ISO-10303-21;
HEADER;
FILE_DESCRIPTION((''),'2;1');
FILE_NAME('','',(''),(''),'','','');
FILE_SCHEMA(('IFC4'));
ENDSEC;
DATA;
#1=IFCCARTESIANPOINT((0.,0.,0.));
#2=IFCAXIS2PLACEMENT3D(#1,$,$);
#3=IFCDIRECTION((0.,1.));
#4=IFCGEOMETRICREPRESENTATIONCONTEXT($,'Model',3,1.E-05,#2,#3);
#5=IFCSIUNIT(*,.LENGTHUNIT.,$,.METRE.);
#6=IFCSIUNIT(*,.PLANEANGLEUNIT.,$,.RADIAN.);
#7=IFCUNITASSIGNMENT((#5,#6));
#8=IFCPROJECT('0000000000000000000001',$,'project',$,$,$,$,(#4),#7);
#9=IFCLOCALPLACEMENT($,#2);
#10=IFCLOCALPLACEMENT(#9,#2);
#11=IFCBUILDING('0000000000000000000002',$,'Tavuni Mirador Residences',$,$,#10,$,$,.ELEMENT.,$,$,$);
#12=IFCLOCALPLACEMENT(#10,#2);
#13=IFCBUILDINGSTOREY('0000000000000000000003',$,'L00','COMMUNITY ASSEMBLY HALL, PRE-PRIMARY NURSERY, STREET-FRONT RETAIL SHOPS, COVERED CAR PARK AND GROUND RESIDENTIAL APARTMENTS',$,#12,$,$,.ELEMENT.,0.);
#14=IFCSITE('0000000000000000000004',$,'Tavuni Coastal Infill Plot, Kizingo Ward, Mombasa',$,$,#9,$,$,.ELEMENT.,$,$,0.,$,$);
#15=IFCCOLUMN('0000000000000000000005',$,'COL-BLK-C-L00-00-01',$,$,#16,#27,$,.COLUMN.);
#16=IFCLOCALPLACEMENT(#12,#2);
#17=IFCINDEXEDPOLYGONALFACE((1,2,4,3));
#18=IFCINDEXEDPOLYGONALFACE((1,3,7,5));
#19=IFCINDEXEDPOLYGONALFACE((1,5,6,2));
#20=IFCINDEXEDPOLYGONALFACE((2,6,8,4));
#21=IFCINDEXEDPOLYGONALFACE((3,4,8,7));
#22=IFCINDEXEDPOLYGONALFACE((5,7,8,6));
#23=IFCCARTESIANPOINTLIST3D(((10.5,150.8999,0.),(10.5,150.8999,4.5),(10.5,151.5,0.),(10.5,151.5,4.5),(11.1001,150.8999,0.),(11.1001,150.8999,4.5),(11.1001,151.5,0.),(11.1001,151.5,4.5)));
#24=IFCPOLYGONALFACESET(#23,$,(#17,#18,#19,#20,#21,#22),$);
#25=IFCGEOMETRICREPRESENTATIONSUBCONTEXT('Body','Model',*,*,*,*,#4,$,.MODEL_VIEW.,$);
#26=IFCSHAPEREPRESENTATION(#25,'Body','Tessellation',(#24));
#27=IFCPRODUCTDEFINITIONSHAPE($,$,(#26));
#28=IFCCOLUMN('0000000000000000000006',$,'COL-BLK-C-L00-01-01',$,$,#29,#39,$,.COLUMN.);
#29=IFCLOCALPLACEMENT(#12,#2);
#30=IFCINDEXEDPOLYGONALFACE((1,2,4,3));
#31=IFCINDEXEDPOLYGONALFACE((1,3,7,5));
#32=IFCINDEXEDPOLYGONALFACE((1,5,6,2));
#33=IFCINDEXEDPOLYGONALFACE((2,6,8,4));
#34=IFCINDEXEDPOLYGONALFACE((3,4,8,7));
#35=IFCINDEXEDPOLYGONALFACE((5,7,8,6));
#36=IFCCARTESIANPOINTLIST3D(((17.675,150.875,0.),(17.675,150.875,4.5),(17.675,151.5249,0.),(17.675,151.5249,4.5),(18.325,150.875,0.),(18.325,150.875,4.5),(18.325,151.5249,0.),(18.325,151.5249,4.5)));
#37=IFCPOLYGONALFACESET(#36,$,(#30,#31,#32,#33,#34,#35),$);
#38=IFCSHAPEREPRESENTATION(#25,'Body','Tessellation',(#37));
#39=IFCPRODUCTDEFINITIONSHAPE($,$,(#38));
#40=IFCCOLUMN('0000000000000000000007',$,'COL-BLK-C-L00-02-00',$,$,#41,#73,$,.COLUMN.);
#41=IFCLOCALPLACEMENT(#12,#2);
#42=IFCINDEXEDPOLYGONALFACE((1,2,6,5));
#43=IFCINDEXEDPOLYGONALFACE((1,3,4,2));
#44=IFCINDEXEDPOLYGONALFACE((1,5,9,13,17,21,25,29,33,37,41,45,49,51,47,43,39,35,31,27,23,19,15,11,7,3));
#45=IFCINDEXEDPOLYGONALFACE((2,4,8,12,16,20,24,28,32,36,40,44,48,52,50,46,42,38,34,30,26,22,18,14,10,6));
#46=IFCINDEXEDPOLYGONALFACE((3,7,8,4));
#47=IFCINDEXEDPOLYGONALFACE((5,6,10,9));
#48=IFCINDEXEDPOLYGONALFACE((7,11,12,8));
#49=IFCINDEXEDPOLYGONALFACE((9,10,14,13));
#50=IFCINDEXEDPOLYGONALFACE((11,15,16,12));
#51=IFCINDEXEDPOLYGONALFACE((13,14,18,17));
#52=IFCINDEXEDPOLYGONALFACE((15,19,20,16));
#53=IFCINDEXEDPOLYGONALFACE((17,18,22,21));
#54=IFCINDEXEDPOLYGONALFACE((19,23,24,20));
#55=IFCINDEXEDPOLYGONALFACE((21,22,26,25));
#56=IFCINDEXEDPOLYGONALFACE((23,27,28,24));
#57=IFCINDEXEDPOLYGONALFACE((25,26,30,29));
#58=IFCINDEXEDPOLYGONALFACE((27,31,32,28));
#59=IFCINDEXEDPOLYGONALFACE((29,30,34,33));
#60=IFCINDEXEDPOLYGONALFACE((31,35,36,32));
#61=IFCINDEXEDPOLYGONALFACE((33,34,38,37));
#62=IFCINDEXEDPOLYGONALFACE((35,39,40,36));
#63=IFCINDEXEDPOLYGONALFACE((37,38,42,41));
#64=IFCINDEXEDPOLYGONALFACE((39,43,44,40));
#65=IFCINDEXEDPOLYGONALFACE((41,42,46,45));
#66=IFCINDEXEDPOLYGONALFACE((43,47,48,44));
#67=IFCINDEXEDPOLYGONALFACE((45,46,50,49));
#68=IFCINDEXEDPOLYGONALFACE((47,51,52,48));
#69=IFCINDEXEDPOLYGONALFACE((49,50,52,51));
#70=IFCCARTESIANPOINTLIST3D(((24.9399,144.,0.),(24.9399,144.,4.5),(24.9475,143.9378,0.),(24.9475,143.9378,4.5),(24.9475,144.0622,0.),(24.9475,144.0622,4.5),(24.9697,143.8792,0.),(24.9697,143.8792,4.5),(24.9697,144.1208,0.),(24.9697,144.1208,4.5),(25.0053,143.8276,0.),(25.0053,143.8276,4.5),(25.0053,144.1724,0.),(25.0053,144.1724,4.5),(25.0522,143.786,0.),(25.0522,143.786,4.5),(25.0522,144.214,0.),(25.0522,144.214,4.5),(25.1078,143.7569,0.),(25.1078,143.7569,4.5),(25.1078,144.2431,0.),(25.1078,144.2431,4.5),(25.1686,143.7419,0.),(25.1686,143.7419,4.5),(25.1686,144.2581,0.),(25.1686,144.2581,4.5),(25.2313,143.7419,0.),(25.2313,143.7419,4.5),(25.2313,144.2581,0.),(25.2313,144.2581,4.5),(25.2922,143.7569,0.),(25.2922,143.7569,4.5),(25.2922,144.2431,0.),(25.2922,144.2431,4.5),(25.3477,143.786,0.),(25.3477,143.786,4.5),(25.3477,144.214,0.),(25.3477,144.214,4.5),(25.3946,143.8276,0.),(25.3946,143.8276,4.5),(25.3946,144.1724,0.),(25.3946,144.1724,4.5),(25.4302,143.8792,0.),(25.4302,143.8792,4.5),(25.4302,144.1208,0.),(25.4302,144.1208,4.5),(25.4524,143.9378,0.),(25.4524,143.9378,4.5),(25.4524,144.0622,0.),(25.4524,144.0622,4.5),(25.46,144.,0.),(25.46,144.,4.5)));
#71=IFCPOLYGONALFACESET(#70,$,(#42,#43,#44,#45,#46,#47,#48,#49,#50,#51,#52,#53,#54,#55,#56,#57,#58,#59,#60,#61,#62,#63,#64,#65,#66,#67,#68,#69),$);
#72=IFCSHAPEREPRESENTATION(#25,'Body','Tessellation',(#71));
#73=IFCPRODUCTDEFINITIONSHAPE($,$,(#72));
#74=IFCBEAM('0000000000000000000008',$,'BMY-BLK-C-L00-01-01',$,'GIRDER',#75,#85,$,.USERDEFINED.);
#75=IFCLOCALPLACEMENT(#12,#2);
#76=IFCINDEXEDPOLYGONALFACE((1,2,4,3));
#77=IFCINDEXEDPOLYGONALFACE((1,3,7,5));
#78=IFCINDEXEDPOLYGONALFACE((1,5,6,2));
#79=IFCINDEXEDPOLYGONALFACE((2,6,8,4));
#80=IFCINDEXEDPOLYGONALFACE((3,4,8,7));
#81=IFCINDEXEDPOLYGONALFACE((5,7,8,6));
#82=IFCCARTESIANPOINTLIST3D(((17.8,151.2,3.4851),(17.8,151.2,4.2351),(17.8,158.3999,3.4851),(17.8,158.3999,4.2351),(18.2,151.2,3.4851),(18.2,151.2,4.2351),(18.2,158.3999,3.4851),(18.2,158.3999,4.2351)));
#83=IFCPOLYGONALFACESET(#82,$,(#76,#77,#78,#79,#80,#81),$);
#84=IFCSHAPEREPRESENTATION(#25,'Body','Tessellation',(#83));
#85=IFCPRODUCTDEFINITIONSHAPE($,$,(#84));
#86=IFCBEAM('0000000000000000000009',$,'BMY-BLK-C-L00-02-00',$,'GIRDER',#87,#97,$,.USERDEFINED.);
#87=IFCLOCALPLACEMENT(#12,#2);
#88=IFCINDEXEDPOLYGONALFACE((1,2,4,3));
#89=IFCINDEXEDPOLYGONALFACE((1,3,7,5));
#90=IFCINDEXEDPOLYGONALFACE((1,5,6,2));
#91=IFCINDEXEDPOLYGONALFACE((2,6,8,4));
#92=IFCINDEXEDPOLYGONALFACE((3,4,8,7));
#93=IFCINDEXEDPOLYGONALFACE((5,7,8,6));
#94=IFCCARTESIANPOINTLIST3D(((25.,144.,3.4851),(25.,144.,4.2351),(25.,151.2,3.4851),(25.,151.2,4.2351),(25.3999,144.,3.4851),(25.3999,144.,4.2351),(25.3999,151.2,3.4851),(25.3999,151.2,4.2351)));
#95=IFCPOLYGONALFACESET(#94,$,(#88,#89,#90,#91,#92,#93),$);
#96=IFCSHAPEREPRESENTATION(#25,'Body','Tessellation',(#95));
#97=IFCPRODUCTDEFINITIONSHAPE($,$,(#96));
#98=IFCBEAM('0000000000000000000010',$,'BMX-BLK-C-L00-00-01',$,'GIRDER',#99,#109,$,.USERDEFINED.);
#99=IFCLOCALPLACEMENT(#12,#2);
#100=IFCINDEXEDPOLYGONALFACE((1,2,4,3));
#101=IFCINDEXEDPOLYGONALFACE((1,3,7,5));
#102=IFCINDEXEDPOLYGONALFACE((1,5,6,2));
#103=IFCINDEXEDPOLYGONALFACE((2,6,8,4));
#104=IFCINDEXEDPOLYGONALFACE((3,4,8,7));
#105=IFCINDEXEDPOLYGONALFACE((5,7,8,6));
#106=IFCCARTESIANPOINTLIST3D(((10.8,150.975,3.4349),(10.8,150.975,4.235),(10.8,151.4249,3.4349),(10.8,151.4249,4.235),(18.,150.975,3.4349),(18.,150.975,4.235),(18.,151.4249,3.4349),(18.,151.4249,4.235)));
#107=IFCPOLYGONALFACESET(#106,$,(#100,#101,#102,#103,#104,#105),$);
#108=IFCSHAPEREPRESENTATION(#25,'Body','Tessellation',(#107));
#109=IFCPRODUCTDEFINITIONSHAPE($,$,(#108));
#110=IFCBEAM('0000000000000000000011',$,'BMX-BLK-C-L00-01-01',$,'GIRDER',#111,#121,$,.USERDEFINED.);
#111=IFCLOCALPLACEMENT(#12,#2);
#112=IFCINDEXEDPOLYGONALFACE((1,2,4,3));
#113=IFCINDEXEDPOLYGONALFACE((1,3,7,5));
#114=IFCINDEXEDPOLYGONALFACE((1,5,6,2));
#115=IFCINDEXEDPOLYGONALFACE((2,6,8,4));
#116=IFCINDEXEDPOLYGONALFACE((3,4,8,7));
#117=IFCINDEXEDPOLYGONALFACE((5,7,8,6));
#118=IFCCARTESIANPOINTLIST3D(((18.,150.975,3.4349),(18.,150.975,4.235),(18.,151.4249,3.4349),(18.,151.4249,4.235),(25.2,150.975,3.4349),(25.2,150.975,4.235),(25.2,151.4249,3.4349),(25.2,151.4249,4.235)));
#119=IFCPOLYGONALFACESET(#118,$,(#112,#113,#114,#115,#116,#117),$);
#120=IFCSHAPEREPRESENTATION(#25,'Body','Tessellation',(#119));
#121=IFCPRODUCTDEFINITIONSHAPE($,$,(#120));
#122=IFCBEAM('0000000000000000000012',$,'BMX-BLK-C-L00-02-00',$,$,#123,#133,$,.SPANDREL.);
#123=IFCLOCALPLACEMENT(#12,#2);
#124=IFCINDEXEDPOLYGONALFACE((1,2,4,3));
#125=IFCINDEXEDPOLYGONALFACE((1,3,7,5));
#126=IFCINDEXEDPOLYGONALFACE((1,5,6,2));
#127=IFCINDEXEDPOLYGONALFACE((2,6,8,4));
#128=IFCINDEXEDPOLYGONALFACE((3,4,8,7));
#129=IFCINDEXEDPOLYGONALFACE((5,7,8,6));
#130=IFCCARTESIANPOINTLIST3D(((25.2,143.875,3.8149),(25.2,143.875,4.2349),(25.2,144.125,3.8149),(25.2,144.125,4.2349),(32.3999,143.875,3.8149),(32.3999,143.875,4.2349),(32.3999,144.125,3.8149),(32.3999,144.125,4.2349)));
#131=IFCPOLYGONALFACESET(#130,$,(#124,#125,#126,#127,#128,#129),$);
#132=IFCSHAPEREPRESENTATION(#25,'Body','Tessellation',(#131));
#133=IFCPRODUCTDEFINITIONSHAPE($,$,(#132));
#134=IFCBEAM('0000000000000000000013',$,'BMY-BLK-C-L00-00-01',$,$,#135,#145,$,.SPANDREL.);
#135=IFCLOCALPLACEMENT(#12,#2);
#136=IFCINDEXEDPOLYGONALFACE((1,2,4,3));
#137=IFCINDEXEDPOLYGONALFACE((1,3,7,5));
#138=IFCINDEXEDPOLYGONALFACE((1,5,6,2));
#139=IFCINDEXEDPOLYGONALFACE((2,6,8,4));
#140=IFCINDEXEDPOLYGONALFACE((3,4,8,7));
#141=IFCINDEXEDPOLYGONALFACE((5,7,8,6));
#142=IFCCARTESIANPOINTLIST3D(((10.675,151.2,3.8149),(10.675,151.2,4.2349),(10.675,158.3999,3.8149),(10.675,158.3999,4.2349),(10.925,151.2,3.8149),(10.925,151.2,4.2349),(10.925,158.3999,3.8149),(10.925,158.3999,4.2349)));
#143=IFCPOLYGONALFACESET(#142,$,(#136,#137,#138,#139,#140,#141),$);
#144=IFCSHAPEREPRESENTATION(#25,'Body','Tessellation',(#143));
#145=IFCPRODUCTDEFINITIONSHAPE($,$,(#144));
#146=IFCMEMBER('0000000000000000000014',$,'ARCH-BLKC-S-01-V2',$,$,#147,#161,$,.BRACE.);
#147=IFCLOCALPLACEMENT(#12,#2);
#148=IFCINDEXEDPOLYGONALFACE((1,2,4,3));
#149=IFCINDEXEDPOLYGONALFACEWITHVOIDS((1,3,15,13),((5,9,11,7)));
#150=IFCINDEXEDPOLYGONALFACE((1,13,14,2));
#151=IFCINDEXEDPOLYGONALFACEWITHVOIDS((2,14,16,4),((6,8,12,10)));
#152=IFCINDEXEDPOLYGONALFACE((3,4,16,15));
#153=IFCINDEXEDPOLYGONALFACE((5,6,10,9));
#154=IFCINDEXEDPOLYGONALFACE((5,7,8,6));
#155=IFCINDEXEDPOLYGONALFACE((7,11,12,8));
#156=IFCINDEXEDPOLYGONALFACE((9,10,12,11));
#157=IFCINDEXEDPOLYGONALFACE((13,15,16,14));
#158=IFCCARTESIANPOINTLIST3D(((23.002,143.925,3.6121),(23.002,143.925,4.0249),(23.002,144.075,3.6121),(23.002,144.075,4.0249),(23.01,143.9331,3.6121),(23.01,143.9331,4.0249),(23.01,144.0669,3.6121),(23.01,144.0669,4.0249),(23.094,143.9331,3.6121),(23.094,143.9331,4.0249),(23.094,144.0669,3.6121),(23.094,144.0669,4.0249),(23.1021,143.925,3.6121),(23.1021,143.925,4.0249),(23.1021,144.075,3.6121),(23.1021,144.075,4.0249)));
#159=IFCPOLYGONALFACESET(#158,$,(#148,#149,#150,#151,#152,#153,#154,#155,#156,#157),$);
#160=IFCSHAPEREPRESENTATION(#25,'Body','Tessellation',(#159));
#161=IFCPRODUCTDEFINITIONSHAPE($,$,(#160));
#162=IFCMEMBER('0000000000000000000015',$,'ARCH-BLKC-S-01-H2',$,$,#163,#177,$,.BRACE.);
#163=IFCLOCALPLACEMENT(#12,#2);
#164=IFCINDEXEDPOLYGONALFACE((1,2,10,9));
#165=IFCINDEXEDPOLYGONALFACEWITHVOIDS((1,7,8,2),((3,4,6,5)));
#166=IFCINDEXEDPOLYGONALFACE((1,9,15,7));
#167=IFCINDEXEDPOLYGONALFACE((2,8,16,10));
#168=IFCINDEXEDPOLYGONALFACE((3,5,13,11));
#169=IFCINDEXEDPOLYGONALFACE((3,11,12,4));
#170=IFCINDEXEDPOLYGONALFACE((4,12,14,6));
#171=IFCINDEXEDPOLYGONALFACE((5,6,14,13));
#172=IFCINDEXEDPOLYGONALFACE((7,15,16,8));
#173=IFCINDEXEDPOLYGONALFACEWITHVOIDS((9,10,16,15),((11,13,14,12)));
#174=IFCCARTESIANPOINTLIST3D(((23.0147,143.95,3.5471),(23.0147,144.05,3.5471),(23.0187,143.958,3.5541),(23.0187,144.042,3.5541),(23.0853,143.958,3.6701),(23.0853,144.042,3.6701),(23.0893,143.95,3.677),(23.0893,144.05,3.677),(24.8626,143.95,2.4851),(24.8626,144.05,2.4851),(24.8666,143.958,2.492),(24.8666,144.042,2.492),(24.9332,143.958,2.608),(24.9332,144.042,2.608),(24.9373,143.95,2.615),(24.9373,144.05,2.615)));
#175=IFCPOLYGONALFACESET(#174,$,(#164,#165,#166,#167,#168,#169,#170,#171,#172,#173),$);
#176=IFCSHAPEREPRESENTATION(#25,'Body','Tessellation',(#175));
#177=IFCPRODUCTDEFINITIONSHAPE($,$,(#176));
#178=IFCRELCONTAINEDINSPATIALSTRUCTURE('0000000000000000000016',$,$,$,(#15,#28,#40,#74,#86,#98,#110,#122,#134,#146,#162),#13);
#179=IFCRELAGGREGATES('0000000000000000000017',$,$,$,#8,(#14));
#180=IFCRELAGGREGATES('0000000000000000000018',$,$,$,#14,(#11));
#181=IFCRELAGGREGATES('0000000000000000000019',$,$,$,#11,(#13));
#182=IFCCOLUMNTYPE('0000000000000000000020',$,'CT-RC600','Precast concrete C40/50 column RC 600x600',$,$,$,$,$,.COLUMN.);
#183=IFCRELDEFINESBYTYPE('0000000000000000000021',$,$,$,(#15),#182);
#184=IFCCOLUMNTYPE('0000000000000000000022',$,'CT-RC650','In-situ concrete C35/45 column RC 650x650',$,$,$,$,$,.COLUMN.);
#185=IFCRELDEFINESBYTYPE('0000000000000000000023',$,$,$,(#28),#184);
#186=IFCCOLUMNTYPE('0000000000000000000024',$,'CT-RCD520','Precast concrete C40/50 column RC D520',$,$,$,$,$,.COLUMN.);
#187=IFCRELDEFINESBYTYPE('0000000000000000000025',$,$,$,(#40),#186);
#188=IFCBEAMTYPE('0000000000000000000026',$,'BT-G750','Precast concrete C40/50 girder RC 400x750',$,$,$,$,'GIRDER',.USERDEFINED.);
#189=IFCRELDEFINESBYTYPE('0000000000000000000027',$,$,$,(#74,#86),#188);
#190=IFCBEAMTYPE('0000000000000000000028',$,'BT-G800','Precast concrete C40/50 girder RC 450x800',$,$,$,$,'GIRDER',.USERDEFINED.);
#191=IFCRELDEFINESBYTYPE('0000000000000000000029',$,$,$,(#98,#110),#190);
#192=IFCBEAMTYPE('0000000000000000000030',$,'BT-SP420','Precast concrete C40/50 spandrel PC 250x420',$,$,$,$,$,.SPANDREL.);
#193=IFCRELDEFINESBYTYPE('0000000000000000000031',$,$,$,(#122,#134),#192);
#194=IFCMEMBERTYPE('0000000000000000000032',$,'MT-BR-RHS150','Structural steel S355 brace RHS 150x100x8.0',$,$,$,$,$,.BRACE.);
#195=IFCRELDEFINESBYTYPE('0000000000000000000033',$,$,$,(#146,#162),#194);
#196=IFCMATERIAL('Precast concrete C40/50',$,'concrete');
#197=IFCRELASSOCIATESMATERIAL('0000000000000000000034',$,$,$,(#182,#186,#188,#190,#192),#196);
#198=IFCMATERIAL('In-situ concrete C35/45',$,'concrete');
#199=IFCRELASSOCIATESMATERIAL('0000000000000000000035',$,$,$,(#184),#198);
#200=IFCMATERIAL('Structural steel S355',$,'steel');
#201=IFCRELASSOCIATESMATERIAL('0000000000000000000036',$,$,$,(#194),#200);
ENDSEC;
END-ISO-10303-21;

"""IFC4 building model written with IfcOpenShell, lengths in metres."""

from ifc_helpers import new_model, si_unit, direction, frame, origin, origin_2d, place, context, subcontext, project, spatial, rectangle, hollow_rectangle, circle, extrude, material, material_profile, profile_set, type_object, element, save


model = new_model("IFC4")

# Units and contexts
model_context = context("Model", 3, precision=1e-05, world=origin(), true_north=direction((0.0, 1.0)))
body_context = subcontext(model_context, "Body", "Model", "MODEL_VIEW")
ifc_project = project(units=[si_unit("LENGTHUNIT", "METRE"), si_unit("PLANEANGLEUNIT", "RADIAN")], contexts=[model_context])

# Site, building, storey
site_placement = place(None, origin())
site = spatial("IfcSite", under=ifc_project, at=site_placement, Name="Tavuni Coastal Infill Plot, Kizingo Ward, Mombasa", CompositionType="ELEMENT", RefElevation=0.0)
building_placement = place(site_placement, origin())
building = spatial("IfcBuilding", under=site, at=building_placement, Name="Tavuni Mirador Residences", CompositionType="ELEMENT")
storey_placement = place(building_placement, origin())
storey = spatial("IfcBuildingStorey", under=building, at=storey_placement, Name="L00", Description="COMMUNITY ASSEMBLY HALL, PRE-PRIMARY NURSERY, STREET-FRONT RETAIL SHOPS, COVERED CAR PARK AND GROUND RESIDENTIAL APARTMENTS", CompositionType="ELEMENT", Elevation=0.0)

# Columns
ifc_material_1 = material(Name="Precast concrete C40/50", Category="concrete")
ifc_material_profile_1 = material_profile(ifc_material_1, rectangle(XDim=0.6001, YDim=0.6001, at=origin_2d()), Name="RC 600x600", Category="concrete")
ifc_profile_set_1 = profile_set([ifc_material_profile_1], Name="Precast concrete C40/50")
column_type_1 = type_object("IfcColumnType", Name="CT-RC600", Description="Precast concrete C40/50 column RC 600x600", PredefinedType="COLUMN", material=ifc_profile_set_1)
column_1_placement = place(storey_placement, frame((10.8, 151.2, 0.0), z_axis=(0.0, 0.0, 1.0), x_axis=(1.0, 0.0, 0.0)))
element("IfcColumn", 1, at=column_1_placement, inside=storey, type_object=column_type_1, Name="COL-BLK-C-L00-00-01", PredefinedType="COLUMN", context=body_context, shape_type="SweptSolid", body=[
    extrude(rectangle(XDim=0.6001, YDim=0.6001, at=origin_2d()), origin(), (0.0, 0.0, 1.0), 4.5),
])
ifc_material_2 = material(Name="In-situ concrete C35/45", Category="concrete")
ifc_material_profile_2 = material_profile(ifc_material_2, rectangle(XDim=0.6499, YDim=0.6499, at=origin_2d()), Name="RC 650x650", Category="concrete")
ifc_profile_set_2 = profile_set([ifc_material_profile_2], Name="In-situ concrete C35/45")
column_type_2 = type_object("IfcColumnType", Name="CT-RC650", Description="In-situ concrete C35/45 column RC 650x650", PredefinedType="COLUMN", material=ifc_profile_set_2)
column_2_placement = place(storey_placement, frame((18.0, 151.2, 0.0), z_axis=(0.0, 0.0, 1.0), x_axis=(1.0, 0.0, 0.0)))
element("IfcColumn", 2, at=column_2_placement, inside=storey, type_object=column_type_2, Name="COL-BLK-C-L00-01-01", PredefinedType="COLUMN", context=body_context, shape_type="SweptSolid", body=[
    extrude(rectangle(XDim=0.6499, YDim=0.6499, at=origin_2d()), origin(), (0.0, 0.0, 1.0), 4.5),
])
ifc_material_profile_3 = material_profile(ifc_material_1, circle(Radius=0.26, at=origin_2d()), Name="RC D520", Category="concrete")
ifc_profile_set_3 = profile_set([ifc_material_profile_3], Name="Precast concrete C40/50")
column_type_3 = type_object("IfcColumnType", Name="CT-RCD520", Description="Precast concrete C40/50 column RC D520", PredefinedType="COLUMN", material=ifc_profile_set_3)
column_3_placement = place(storey_placement, frame((25.2, 144.0, 0.0), z_axis=(0.0, 0.0, 1.0), x_axis=(1.0, 0.0, 0.0)))
element("IfcColumn", 3, at=column_3_placement, inside=storey, type_object=column_type_3, Name="COL-BLK-C-L00-02-00", PredefinedType="COLUMN", context=body_context, shape_type="SweptSolid", body=[
    extrude(circle(Radius=0.26, at=origin_2d()), origin(), (0.0, 0.0, 1.0), 4.5),
])

# Beams
ifc_material_profile_4 = material_profile(ifc_material_1, rectangle(XDim=0.3999, YDim=0.75, at=origin_2d()), Name="RC 400x750", Category="concrete")
ifc_profile_set_4 = profile_set([ifc_material_profile_4], Name="Precast concrete C40/50")
beam_type_1 = type_object("IfcBeamType", Name="BT-G750", Description="Precast concrete C40/50 girder RC 400x750", ElementType="GIRDER", PredefinedType="USERDEFINED", material=ifc_profile_set_4)
for number, where, z_axis, x_axis, name in (
    (4, (18.0, 151.2, 3.8601), (0.0, 1.0, 0.0), (-1.0, 0.0, 0.0), "BMY-BLK-C-L00-01-01"),
    (5, (25.2, 144.0, 3.8601), (0.0, 1.0, 0.0), (-1.0, 0.0, 0.0), "BMY-BLK-C-L00-02-00"),
):
    element("IfcBeam", number, at=place(storey_placement, frame(where, z_axis=z_axis, x_axis=x_axis)), inside=storey, type_object=beam_type_1, Name=name, ObjectType="GIRDER", PredefinedType="USERDEFINED", context=body_context, shape_type="SweptSolid", body=[
        extrude(rectangle(XDim=0.3999, YDim=0.75, at=origin_2d()), origin(), (0.0, 0.0, 1.0), 7.2),
    ])
ifc_material_profile_5 = material_profile(ifc_material_1, rectangle(XDim=0.45, YDim=0.8, at=origin_2d()), Name="RC 450x800", Category="concrete")
ifc_profile_set_5 = profile_set([ifc_material_profile_5], Name="Precast concrete C40/50")
beam_type_2 = type_object("IfcBeamType", Name="BT-G800", Description="Precast concrete C40/50 girder RC 450x800", ElementType="GIRDER", PredefinedType="USERDEFINED", material=ifc_profile_set_5)
for number, where, z_axis, x_axis, name in (
    (6, (10.8, 151.2, 3.835), (1.0, 0.0, 0.0), (0.0, 1.0, 0.0), "BMX-BLK-C-L00-00-01"),
    (7, (18.0, 151.2, 3.835), (1.0, 0.0, 0.0), (0.0, 1.0, 0.0), "BMX-BLK-C-L00-01-01"),
):
    element("IfcBeam", number, at=place(storey_placement, frame(where, z_axis=z_axis, x_axis=x_axis)), inside=storey, type_object=beam_type_2, Name=name, ObjectType="GIRDER", PredefinedType="USERDEFINED", context=body_context, shape_type="SweptSolid", body=[
        extrude(rectangle(XDim=0.45, YDim=0.8, at=origin_2d()), origin(), (0.0, 0.0, 1.0), 7.2),
    ])
ifc_material_profile_6 = material_profile(ifc_material_1, rectangle(XDim=0.25, YDim=0.4199, at=origin_2d()), Name="PC 250x420", Category="concrete")
ifc_profile_set_6 = profile_set([ifc_material_profile_6], Name="Precast concrete C40/50")
beam_type_3 = type_object("IfcBeamType", Name="BT-SP420", Description="Precast concrete C40/50 spandrel PC 250x420", PredefinedType="SPANDREL", material=ifc_profile_set_6)
for number, where, z_axis, x_axis, name in (
    (8, (25.2, 144.0, 4.0249), (1.0, 0.0, 0.0), (0.0, 1.0, 0.0), "BMX-BLK-C-L00-02-00"),
    (9, (10.8, 151.2, 4.0249), (0.0, 1.0, 0.0), (-1.0, 0.0, 0.0), "BMY-BLK-C-L00-00-01"),
):
    element("IfcBeam", number, at=place(storey_placement, frame(where, z_axis=z_axis, x_axis=x_axis)), inside=storey, type_object=beam_type_3, Name=name, PredefinedType="SPANDREL", context=body_context, shape_type="SweptSolid", body=[
        extrude(rectangle(XDim=0.25, YDim=0.4199, at=origin_2d()), origin(), (0.0, 0.0, 1.0), 7.2),
    ])

# Members
ifc_material_3 = material(Name="Structural steel S355", Category="steel")
ifc_material_profile_7 = material_profile(ifc_material_3, hollow_rectangle(XDim=0.1001, YDim=0.1499, WallThickness=0.0081, at=origin_2d()), Name="RHS 150x100x8.0", Category="steel")
ifc_profile_set_7 = profile_set([ifc_material_profile_7], Name="Structural steel S355")
member_type = type_object("IfcMemberType", Name="MT-BR-RHS150", Description="Structural steel S355 brace RHS 150x100x8.0", PredefinedType="BRACE", material=ifc_profile_set_7)
member_1_placement = place(storey_placement, frame((23.052, 144.0, 3.6121), z_axis=(0.0, 0.0, 1.0), x_axis=(1.0, 0.0, 0.0)))
element("IfcMember", 10, at=member_1_placement, inside=storey, type_object=member_type, Name="ARCH-BLKC-S-01-V2", PredefinedType="BRACE", context=body_context, shape_type="SweptSolid", body=[
    extrude(hollow_rectangle(XDim=0.1001, YDim=0.1499, WallThickness=0.0081, at=origin_2d()), origin(), (0.0, 0.0, 1.0), 0.4128),
])
member_2_placement = place(storey_placement, frame((23.052, 144.0, 3.6121), z_axis=(0.867014, 0.0, -0.498284), x_axis=(0.0, 1.0, 0.0)))
element("IfcMember", 11, at=member_2_placement, inside=storey, type_object=member_type, Name="ARCH-BLKC-S-01-H2", PredefinedType="BRACE", context=body_context, shape_type="SweptSolid", body=[
    extrude(hollow_rectangle(XDim=0.1001, YDim=0.1499, WallThickness=0.0081, at=origin_2d()), origin(), (0.0, 0.0, 1.0), 2.1313),
])

save(model, "model.ifc")
